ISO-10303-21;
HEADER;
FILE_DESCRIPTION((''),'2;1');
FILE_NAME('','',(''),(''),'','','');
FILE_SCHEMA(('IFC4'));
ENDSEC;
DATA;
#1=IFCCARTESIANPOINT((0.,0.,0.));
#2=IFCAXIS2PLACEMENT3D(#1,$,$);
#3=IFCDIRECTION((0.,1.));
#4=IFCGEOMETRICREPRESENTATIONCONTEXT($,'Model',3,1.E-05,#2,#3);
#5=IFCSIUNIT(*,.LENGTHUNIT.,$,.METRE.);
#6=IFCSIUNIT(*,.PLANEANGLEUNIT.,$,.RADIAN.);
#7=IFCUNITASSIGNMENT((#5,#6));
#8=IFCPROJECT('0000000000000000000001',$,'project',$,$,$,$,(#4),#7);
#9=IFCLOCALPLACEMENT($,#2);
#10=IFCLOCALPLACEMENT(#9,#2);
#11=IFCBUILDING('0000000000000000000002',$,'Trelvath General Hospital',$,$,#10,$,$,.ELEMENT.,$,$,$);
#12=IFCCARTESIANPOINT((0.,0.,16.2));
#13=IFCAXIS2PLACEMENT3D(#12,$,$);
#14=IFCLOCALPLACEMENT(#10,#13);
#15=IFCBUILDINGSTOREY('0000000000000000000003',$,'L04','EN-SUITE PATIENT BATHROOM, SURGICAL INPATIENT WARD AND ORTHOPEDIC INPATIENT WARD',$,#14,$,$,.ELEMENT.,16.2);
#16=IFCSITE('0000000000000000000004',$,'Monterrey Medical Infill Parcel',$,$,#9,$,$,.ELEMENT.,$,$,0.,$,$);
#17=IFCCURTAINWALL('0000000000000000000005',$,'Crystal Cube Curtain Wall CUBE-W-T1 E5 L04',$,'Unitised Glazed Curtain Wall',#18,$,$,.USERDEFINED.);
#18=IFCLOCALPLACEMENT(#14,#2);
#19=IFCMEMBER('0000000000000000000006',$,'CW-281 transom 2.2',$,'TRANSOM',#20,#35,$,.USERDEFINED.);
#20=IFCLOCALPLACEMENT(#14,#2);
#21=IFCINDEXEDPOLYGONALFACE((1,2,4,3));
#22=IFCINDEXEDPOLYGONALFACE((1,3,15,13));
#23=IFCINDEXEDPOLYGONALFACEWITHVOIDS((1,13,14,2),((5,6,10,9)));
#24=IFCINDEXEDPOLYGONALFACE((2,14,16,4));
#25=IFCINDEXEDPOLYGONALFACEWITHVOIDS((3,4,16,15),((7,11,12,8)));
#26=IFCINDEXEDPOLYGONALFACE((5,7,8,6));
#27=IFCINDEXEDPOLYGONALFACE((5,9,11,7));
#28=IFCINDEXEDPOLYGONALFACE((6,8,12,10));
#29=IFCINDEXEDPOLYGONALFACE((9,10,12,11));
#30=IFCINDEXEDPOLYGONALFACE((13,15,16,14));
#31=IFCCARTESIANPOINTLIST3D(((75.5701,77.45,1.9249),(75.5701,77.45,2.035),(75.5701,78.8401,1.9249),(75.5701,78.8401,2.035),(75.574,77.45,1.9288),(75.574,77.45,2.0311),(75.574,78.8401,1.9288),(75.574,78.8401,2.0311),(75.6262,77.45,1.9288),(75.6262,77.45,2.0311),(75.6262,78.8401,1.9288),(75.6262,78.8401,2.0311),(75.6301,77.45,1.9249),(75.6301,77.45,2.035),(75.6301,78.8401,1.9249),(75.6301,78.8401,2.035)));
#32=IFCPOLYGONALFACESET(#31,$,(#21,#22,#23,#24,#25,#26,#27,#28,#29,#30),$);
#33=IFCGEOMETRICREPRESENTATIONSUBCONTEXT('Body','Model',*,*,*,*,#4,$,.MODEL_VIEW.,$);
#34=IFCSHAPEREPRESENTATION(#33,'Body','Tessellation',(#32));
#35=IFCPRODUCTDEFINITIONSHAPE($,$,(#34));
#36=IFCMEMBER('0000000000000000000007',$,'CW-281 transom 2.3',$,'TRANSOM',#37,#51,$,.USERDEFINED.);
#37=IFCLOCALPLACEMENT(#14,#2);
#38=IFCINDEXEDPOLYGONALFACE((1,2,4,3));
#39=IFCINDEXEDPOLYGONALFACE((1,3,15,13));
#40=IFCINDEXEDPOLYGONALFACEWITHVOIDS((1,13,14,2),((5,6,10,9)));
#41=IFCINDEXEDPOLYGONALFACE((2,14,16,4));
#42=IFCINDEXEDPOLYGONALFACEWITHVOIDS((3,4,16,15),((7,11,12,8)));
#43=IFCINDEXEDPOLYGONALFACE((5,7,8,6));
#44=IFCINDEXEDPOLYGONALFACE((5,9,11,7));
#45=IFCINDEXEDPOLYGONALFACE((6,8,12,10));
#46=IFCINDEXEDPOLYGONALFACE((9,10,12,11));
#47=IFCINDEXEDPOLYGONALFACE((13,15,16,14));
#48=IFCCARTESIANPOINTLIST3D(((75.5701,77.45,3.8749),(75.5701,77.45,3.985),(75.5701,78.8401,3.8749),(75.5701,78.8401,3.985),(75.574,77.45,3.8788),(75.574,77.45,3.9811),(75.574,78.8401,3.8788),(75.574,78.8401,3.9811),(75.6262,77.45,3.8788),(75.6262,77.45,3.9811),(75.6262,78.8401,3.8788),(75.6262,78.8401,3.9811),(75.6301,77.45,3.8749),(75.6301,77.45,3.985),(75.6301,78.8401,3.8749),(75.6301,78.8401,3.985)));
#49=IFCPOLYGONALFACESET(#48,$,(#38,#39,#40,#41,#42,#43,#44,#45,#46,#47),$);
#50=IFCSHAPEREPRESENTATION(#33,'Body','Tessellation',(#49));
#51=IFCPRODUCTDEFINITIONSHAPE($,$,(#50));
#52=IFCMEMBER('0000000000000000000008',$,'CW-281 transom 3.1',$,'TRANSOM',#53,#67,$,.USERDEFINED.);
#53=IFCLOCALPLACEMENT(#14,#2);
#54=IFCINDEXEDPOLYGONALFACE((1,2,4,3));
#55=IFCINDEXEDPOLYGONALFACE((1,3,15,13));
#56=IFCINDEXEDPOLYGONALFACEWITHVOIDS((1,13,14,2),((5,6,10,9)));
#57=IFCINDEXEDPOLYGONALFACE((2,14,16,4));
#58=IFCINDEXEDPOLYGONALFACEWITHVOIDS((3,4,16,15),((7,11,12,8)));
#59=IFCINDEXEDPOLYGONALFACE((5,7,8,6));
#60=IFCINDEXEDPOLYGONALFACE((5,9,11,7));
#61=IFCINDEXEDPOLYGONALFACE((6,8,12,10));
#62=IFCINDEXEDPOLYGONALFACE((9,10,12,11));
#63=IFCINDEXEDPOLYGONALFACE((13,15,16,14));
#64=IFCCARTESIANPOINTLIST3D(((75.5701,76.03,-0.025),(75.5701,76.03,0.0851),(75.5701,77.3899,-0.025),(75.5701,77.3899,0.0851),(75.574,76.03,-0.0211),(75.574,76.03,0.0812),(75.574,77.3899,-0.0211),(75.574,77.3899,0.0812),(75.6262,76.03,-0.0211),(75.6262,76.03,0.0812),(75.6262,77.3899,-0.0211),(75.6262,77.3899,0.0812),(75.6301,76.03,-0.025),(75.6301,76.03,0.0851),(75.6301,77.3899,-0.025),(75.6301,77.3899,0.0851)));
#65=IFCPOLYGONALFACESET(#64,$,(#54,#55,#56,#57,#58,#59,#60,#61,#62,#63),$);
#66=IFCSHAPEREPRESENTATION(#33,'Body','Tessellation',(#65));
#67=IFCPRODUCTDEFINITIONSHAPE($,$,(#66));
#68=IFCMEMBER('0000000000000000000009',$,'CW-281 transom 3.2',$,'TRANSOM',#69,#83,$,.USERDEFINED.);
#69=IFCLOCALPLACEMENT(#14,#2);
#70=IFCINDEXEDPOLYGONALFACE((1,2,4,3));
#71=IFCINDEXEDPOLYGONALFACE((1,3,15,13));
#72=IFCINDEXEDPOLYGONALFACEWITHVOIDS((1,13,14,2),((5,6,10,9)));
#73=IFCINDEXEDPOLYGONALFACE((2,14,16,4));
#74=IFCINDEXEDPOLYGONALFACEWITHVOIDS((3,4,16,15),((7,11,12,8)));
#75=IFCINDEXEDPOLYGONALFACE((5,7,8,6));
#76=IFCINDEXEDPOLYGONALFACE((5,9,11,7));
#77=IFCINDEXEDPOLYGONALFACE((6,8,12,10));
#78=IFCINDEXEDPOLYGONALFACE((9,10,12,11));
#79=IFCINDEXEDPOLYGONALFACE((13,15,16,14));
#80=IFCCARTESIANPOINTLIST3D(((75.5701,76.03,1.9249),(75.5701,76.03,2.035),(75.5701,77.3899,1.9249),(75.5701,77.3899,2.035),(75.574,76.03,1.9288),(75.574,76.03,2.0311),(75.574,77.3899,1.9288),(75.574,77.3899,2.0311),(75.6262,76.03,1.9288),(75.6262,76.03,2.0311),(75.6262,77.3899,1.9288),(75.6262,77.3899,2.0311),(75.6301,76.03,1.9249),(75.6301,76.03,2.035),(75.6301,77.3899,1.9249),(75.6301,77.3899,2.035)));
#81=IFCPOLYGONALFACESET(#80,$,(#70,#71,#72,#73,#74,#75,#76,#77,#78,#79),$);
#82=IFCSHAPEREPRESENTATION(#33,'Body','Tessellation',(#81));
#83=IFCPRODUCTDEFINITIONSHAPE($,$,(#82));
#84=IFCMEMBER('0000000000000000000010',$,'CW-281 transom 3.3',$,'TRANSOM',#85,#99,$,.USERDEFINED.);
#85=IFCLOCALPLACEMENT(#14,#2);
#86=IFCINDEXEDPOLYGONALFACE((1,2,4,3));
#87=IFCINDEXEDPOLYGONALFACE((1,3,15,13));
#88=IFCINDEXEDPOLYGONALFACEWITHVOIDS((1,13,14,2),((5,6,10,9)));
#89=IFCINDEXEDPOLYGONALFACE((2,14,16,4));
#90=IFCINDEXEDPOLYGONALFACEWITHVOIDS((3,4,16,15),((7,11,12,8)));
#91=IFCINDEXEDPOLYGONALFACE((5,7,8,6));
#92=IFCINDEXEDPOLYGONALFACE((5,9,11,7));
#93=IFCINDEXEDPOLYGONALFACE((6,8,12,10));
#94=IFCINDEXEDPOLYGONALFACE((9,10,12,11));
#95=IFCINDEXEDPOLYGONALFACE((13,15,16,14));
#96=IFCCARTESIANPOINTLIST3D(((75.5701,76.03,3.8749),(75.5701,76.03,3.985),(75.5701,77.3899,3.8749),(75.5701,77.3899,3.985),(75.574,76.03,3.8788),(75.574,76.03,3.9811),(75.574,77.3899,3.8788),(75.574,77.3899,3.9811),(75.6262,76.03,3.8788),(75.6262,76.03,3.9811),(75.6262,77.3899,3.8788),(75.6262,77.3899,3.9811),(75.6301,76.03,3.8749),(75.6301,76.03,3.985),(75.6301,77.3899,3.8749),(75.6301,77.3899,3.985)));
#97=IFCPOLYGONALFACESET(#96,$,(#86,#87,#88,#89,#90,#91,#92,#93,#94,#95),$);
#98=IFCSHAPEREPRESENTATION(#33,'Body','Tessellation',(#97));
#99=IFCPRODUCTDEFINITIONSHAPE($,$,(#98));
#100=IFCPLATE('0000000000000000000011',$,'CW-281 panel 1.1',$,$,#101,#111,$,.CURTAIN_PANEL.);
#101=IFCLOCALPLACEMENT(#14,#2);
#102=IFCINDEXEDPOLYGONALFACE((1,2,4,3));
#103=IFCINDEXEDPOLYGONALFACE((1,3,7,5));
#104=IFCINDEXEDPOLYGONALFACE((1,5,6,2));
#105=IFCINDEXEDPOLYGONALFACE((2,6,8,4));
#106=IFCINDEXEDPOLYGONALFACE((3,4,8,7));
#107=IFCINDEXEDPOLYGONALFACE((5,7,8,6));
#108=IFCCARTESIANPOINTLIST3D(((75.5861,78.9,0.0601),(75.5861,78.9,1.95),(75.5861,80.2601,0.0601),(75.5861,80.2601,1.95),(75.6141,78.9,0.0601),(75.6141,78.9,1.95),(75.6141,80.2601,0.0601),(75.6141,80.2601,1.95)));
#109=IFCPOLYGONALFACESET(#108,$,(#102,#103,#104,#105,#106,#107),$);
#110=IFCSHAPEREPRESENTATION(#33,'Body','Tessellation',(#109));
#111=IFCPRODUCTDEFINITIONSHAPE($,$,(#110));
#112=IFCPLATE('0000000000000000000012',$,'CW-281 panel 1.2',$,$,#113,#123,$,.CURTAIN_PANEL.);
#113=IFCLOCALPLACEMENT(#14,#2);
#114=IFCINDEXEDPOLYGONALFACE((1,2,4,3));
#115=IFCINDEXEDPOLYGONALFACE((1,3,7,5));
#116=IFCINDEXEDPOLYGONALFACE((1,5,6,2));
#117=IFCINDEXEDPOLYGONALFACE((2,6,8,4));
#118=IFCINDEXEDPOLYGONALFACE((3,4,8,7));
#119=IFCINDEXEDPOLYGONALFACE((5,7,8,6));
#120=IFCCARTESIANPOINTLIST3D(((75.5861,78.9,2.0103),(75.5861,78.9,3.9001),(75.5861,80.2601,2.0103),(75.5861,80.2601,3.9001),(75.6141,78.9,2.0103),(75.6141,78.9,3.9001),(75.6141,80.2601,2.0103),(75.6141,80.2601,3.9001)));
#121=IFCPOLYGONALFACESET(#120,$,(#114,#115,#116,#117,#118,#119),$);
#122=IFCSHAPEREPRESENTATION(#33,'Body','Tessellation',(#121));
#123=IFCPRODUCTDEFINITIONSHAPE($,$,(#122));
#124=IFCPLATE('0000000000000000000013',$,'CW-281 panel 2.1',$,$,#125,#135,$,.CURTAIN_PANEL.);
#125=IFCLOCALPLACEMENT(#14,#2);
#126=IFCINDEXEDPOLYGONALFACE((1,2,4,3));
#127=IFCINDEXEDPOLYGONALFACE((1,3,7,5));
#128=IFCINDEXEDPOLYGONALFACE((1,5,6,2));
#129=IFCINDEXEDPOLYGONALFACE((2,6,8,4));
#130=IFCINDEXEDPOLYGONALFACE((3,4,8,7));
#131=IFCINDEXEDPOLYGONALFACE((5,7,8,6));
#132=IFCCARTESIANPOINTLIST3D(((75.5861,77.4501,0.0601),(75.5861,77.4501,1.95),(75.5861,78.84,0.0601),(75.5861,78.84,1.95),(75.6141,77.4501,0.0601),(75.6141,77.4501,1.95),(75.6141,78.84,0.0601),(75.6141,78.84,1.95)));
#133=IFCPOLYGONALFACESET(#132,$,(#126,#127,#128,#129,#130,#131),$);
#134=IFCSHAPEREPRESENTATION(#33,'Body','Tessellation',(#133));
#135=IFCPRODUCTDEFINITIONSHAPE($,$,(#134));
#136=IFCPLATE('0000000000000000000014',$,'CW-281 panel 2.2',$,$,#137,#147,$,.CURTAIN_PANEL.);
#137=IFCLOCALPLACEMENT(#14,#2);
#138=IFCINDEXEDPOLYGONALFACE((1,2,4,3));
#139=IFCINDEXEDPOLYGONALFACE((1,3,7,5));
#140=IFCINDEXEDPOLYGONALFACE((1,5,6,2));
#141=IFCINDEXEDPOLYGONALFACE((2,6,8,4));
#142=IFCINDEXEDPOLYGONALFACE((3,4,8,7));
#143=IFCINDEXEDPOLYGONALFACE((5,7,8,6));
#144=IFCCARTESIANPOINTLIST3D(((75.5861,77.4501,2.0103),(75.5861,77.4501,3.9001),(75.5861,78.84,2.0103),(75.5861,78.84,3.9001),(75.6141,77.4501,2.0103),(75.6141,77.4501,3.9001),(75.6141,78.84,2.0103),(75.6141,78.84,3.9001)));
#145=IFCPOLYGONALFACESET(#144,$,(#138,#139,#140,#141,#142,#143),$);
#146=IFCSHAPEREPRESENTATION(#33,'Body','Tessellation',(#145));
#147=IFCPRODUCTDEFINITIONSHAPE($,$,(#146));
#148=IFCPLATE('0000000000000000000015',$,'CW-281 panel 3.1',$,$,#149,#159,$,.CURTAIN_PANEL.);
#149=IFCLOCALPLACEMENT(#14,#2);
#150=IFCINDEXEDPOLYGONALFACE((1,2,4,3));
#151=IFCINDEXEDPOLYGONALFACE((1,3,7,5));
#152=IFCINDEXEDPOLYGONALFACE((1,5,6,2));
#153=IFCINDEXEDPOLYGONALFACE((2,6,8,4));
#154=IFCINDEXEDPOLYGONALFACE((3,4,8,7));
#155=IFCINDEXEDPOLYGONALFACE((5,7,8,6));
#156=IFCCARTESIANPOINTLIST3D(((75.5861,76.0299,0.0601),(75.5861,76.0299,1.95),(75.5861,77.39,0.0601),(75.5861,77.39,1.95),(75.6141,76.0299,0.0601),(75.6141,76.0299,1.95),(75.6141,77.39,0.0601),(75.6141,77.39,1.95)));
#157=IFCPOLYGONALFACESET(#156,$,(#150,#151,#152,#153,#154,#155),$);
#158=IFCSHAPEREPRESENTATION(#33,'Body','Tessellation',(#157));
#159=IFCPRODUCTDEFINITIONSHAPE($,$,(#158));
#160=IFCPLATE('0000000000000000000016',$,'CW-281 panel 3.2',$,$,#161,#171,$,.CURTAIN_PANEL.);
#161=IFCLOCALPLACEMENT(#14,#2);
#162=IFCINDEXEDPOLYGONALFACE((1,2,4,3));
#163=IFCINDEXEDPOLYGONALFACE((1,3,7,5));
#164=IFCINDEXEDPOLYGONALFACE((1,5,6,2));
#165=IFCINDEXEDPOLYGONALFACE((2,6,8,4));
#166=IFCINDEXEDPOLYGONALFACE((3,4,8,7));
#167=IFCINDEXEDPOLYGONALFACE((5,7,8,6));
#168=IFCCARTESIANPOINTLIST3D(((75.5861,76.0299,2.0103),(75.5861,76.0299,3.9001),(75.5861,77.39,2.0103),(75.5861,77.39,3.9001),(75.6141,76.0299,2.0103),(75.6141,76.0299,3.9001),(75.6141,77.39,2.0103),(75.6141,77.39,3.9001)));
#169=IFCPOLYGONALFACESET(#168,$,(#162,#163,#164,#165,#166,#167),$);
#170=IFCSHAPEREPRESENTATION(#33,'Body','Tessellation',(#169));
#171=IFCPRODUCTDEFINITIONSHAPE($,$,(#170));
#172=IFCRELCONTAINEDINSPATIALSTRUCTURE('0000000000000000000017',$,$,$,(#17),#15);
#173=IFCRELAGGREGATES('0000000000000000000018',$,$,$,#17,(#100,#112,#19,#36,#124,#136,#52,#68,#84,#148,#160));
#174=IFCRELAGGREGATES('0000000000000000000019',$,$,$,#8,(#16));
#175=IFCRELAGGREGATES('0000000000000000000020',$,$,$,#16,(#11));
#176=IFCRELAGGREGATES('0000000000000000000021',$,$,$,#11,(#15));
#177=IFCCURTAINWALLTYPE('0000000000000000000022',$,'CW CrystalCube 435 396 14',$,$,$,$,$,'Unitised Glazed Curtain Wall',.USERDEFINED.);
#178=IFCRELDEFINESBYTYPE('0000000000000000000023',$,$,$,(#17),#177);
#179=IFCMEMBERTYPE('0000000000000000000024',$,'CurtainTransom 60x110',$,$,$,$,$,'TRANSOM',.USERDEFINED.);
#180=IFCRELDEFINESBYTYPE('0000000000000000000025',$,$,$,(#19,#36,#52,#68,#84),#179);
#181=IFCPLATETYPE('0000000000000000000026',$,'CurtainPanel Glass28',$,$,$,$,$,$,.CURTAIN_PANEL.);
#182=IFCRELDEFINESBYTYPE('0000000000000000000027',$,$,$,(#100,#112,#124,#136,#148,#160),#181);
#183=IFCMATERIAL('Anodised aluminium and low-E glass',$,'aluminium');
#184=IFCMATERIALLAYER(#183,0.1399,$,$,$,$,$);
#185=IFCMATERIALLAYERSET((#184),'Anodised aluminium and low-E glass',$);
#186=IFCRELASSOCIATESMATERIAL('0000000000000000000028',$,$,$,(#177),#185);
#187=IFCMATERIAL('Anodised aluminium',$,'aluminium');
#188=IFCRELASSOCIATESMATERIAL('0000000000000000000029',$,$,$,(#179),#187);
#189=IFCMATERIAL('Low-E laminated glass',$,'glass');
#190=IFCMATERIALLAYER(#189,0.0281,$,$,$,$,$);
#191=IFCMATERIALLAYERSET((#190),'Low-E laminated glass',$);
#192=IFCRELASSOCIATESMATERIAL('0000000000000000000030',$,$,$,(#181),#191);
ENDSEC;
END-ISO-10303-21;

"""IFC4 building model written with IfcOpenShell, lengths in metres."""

from ifc_helpers import new_model, si_unit, direction, frame, origin, origin_2d, place, context, subcontext, project, spatial, rectangle, hollow_rectangle, extrude, material, layer, layer_set, material_profile, profile_set, type_object, element, aggregate, save


model = new_model("IFC4")

# Units and contexts
model_context = context("Model", 3, precision=1e-05, world=origin(), true_north=direction((0.0, 1.0)))
body_context = subcontext(model_context, "Body", "Model", "MODEL_VIEW")
ifc_project = project(units=[si_unit("LENGTHUNIT", "METRE"), si_unit("PLANEANGLEUNIT", "RADIAN")], contexts=[model_context])

# Site, building, storey
site_placement = place(None, origin())
site = spatial("IfcSite", under=ifc_project, at=site_placement, Name="Monterrey Medical Infill Parcel", CompositionType="ELEMENT", RefElevation=0.0)
building_placement = place(site_placement, origin())
building = spatial("IfcBuilding", under=site, at=building_placement, Name="Trelvath General Hospital", CompositionType="ELEMENT")
storey_placement = place(building_placement, frame((0.0, 0.0, 16.2)))
storey = spatial("IfcBuildingStorey", under=building, at=storey_placement, Name="L04", Description="EN-SUITE PATIENT BATHROOM, SURGICAL INPATIENT WARD AND ORTHOPEDIC INPATIENT WARD", CompositionType="ELEMENT", Elevation=16.2)

# Curtain wall
ifc_material_1 = material(Name="Anodised aluminium and low-E glass", Category="aluminium")
ifc_layer_1 = layer(ifc_material_1, 0.1399)
ifc_layer_set_1 = layer_set([ifc_layer_1], Name="Anodised aluminium and low-E glass")
curtain_wall_type_1 = type_object("IfcCurtainWallType", Name="CW CrystalCube 435 396 14", ElementType="Unitised Glazed Curtain Wall", PredefinedType="USERDEFINED", material=ifc_layer_set_1)
curtain_wall_1_placement = place(storey_placement, origin())
curtain_wall_1 = element("IfcCurtainWall", 1, at=curtain_wall_1_placement, inside=storey, type_object=curtain_wall_type_1, Name="Crystal Cube Curtain Wall CUBE-W-T1 E5 L04", ObjectType="Unitised Glazed Curtain Wall", PredefinedType="USERDEFINED")

# Members
ifc_material_2 = material(Name="Anodised aluminium", Category="aluminium")
ifc_material_profile_1 = material_profile(ifc_material_2, hollow_rectangle(XDim=0.0601, YDim=0.1101, WallThickness=0.0039, at=origin_2d()), Name="RHS60x110x4")
ifc_profile_set_1 = profile_set([ifc_material_profile_1], Name="Anodised aluminium")
member_type_1 = type_object("IfcMemberType", Name="CurtainTransom 60x110", ElementType="TRANSOM", PredefinedType="USERDEFINED", material=ifc_profile_set_1)
member_1_placement = place(storey_placement, frame((75.6001, 78.8401, 1.98), z_axis=(0.0, -1.0, 0.0), x_axis=(1.0, 0.0, 0.0)))
member_1 = element("IfcMember", 2, at=member_1_placement, type_object=member_type_1, Name="CW-281 transom 2.2", ObjectType="TRANSOM", PredefinedType="USERDEFINED", context=body_context, shape_type="SweptSolid", body=[
    extrude(hollow_rectangle(XDim=0.0601, YDim=0.1101, WallThickness=0.0039, at=origin_2d()), origin(), (0.0, 0.0, 1.0), 1.3901),
])
member_2_placement = place(storey_placement, frame((75.6001, 78.8401, 3.9299), z_axis=(0.0, -1.0, 0.0), x_axis=(1.0, 0.0, 0.0)))
member_2 = element("IfcMember", 3, at=member_2_placement, type_object=member_type_1, Name="CW-281 transom 2.3", ObjectType="TRANSOM", PredefinedType="USERDEFINED", context=body_context, shape_type="SweptSolid", body=[
    extrude(hollow_rectangle(XDim=0.0601, YDim=0.1101, WallThickness=0.0039, at=origin_2d()), origin(), (0.0, 0.0, 1.0), 1.3901),
])
member_3_placement = place(storey_placement, frame((75.6001, 77.3899, 0.03), z_axis=(0.0, -1.0, 0.0), x_axis=(1.0, 0.0, 0.0)))
member_3 = element("IfcMember", 4, at=member_3_placement, type_object=member_type_1, Name="CW-281 transom 3.1", ObjectType="TRANSOM", PredefinedType="USERDEFINED", context=body_context, shape_type="SweptSolid", body=[
    extrude(hollow_rectangle(XDim=0.0601, YDim=0.1101, WallThickness=0.0039, at=origin_2d()), origin(), (0.0, 0.0, 1.0), 1.3599),
])
member_4_placement = place(storey_placement, frame((75.6001, 77.3899, 1.98), z_axis=(0.0, -1.0, 0.0), x_axis=(1.0, 0.0, 0.0)))
member_4 = element("IfcMember", 5, at=member_4_placement, type_object=member_type_1, Name="CW-281 transom 3.2", ObjectType="TRANSOM", PredefinedType="USERDEFINED", context=body_context, shape_type="SweptSolid", body=[
    extrude(hollow_rectangle(XDim=0.0601, YDim=0.1101, WallThickness=0.0039, at=origin_2d()), origin(), (0.0, 0.0, 1.0), 1.3599),
])
member_5_placement = place(storey_placement, frame((75.6001, 77.3899, 3.9299), z_axis=(0.0, -1.0, 0.0), x_axis=(1.0, 0.0, 0.0)))
member_5 = element("IfcMember", 6, at=member_5_placement, type_object=member_type_1, Name="CW-281 transom 3.3", ObjectType="TRANSOM", PredefinedType="USERDEFINED", context=body_context, shape_type="SweptSolid", body=[
    extrude(hollow_rectangle(XDim=0.0601, YDim=0.1101, WallThickness=0.0039, at=origin_2d()), origin(), (0.0, 0.0, 1.0), 1.3599),
])

# Plates
ifc_material_3 = material(Name="Low-E laminated glass", Category="glass")
ifc_layer_2 = layer(ifc_material_3, 0.0281)
ifc_layer_set_2 = layer_set([ifc_layer_2], Name="Low-E laminated glass")
plate_type = type_object("IfcPlateType", Name="CurtainPanel Glass28", PredefinedType="CURTAIN_PANEL", material=ifc_layer_set_2)
plate_1_placement = place(storey_placement, frame((75.6001, 79.5801, 0.0601), z_axis=(0.0, 0.0, 1.0), x_axis=(0.0, -1.0, 0.0)))
plate_1 = element("IfcPlate", 7, at=plate_1_placement, type_object=plate_type, Name="CW-281 panel 1.1", PredefinedType="CURTAIN_PANEL", context=body_context, shape_type="SweptSolid", body=[
    extrude(rectangle(XDim=1.3601, YDim=0.0281, at=origin_2d()), origin(), (0.0, 0.0, 1.0), 1.8899),
])
plate_2_placement = place(storey_placement, frame((75.6001, 79.5801, 2.0103), z_axis=(0.0, 0.0, 1.0), x_axis=(0.0, -1.0, 0.0)))
plate_2 = element("IfcPlate", 8, at=plate_2_placement, type_object=plate_type, Name="CW-281 panel 1.2", PredefinedType="CURTAIN_PANEL", context=body_context, shape_type="SweptSolid", body=[
    extrude(rectangle(XDim=1.3601, YDim=0.0281, at=origin_2d()), origin(), (0.0, 0.0, 1.0), 1.8899),
])
plate_3_placement = place(storey_placement, frame((75.6001, 78.145, 0.0601), z_axis=(0.0, 0.0, 1.0), x_axis=(0.0, -1.0, 0.0)))
plate_3 = element("IfcPlate", 9, at=plate_3_placement, type_object=plate_type, Name="CW-281 panel 2.1", PredefinedType="CURTAIN_PANEL", context=body_context, shape_type="SweptSolid", body=[
    extrude(rectangle(XDim=1.3899, YDim=0.0281, at=origin_2d()), origin(), (0.0, 0.0, 1.0), 1.8899),
])
plate_4_placement = place(storey_placement, frame((75.6001, 78.145, 2.0103), z_axis=(0.0, 0.0, 1.0), x_axis=(0.0, -1.0, 0.0)))
plate_4 = element("IfcPlate", 10, at=plate_4_placement, type_object=plate_type, Name="CW-281 panel 2.2", PredefinedType="CURTAIN_PANEL", context=body_context, shape_type="SweptSolid", body=[
    extrude(rectangle(XDim=1.3899, YDim=0.0281, at=origin_2d()), origin(), (0.0, 0.0, 1.0), 1.8899),
])
plate_5_placement = place(storey_placement, frame((75.6001, 76.71, 0.0601), z_axis=(0.0, 0.0, 1.0), x_axis=(0.0, -1.0, 0.0)))
plate_5 = element("IfcPlate", 11, at=plate_5_placement, type_object=plate_type, Name="CW-281 panel 3.1", PredefinedType="CURTAIN_PANEL", context=body_context, shape_type="SweptSolid", body=[
    extrude(rectangle(XDim=1.3601, YDim=0.0281, at=origin_2d()), origin(), (0.0, 0.0, 1.0), 1.8899),
])
plate_6_placement = place(storey_placement, frame((75.6001, 76.71, 2.0103), z_axis=(0.0, 0.0, 1.0), x_axis=(0.0, -1.0, 0.0)))
plate_6 = element("IfcPlate", 12, at=plate_6_placement, type_object=plate_type, Name="CW-281 panel 3.2", PredefinedType="CURTAIN_PANEL", context=body_context, shape_type="SweptSolid", body=[
    extrude(rectangle(XDim=1.3601, YDim=0.0281, at=origin_2d()), origin(), (0.0, 0.0, 1.0), 1.8899),
])
aggregate(curtain_wall_1, [plate_1, plate_2, member_1, member_2, plate_3, plate_4, member_3, member_4, member_5, plate_5, plate_6])

save(model, "model.ifc")
